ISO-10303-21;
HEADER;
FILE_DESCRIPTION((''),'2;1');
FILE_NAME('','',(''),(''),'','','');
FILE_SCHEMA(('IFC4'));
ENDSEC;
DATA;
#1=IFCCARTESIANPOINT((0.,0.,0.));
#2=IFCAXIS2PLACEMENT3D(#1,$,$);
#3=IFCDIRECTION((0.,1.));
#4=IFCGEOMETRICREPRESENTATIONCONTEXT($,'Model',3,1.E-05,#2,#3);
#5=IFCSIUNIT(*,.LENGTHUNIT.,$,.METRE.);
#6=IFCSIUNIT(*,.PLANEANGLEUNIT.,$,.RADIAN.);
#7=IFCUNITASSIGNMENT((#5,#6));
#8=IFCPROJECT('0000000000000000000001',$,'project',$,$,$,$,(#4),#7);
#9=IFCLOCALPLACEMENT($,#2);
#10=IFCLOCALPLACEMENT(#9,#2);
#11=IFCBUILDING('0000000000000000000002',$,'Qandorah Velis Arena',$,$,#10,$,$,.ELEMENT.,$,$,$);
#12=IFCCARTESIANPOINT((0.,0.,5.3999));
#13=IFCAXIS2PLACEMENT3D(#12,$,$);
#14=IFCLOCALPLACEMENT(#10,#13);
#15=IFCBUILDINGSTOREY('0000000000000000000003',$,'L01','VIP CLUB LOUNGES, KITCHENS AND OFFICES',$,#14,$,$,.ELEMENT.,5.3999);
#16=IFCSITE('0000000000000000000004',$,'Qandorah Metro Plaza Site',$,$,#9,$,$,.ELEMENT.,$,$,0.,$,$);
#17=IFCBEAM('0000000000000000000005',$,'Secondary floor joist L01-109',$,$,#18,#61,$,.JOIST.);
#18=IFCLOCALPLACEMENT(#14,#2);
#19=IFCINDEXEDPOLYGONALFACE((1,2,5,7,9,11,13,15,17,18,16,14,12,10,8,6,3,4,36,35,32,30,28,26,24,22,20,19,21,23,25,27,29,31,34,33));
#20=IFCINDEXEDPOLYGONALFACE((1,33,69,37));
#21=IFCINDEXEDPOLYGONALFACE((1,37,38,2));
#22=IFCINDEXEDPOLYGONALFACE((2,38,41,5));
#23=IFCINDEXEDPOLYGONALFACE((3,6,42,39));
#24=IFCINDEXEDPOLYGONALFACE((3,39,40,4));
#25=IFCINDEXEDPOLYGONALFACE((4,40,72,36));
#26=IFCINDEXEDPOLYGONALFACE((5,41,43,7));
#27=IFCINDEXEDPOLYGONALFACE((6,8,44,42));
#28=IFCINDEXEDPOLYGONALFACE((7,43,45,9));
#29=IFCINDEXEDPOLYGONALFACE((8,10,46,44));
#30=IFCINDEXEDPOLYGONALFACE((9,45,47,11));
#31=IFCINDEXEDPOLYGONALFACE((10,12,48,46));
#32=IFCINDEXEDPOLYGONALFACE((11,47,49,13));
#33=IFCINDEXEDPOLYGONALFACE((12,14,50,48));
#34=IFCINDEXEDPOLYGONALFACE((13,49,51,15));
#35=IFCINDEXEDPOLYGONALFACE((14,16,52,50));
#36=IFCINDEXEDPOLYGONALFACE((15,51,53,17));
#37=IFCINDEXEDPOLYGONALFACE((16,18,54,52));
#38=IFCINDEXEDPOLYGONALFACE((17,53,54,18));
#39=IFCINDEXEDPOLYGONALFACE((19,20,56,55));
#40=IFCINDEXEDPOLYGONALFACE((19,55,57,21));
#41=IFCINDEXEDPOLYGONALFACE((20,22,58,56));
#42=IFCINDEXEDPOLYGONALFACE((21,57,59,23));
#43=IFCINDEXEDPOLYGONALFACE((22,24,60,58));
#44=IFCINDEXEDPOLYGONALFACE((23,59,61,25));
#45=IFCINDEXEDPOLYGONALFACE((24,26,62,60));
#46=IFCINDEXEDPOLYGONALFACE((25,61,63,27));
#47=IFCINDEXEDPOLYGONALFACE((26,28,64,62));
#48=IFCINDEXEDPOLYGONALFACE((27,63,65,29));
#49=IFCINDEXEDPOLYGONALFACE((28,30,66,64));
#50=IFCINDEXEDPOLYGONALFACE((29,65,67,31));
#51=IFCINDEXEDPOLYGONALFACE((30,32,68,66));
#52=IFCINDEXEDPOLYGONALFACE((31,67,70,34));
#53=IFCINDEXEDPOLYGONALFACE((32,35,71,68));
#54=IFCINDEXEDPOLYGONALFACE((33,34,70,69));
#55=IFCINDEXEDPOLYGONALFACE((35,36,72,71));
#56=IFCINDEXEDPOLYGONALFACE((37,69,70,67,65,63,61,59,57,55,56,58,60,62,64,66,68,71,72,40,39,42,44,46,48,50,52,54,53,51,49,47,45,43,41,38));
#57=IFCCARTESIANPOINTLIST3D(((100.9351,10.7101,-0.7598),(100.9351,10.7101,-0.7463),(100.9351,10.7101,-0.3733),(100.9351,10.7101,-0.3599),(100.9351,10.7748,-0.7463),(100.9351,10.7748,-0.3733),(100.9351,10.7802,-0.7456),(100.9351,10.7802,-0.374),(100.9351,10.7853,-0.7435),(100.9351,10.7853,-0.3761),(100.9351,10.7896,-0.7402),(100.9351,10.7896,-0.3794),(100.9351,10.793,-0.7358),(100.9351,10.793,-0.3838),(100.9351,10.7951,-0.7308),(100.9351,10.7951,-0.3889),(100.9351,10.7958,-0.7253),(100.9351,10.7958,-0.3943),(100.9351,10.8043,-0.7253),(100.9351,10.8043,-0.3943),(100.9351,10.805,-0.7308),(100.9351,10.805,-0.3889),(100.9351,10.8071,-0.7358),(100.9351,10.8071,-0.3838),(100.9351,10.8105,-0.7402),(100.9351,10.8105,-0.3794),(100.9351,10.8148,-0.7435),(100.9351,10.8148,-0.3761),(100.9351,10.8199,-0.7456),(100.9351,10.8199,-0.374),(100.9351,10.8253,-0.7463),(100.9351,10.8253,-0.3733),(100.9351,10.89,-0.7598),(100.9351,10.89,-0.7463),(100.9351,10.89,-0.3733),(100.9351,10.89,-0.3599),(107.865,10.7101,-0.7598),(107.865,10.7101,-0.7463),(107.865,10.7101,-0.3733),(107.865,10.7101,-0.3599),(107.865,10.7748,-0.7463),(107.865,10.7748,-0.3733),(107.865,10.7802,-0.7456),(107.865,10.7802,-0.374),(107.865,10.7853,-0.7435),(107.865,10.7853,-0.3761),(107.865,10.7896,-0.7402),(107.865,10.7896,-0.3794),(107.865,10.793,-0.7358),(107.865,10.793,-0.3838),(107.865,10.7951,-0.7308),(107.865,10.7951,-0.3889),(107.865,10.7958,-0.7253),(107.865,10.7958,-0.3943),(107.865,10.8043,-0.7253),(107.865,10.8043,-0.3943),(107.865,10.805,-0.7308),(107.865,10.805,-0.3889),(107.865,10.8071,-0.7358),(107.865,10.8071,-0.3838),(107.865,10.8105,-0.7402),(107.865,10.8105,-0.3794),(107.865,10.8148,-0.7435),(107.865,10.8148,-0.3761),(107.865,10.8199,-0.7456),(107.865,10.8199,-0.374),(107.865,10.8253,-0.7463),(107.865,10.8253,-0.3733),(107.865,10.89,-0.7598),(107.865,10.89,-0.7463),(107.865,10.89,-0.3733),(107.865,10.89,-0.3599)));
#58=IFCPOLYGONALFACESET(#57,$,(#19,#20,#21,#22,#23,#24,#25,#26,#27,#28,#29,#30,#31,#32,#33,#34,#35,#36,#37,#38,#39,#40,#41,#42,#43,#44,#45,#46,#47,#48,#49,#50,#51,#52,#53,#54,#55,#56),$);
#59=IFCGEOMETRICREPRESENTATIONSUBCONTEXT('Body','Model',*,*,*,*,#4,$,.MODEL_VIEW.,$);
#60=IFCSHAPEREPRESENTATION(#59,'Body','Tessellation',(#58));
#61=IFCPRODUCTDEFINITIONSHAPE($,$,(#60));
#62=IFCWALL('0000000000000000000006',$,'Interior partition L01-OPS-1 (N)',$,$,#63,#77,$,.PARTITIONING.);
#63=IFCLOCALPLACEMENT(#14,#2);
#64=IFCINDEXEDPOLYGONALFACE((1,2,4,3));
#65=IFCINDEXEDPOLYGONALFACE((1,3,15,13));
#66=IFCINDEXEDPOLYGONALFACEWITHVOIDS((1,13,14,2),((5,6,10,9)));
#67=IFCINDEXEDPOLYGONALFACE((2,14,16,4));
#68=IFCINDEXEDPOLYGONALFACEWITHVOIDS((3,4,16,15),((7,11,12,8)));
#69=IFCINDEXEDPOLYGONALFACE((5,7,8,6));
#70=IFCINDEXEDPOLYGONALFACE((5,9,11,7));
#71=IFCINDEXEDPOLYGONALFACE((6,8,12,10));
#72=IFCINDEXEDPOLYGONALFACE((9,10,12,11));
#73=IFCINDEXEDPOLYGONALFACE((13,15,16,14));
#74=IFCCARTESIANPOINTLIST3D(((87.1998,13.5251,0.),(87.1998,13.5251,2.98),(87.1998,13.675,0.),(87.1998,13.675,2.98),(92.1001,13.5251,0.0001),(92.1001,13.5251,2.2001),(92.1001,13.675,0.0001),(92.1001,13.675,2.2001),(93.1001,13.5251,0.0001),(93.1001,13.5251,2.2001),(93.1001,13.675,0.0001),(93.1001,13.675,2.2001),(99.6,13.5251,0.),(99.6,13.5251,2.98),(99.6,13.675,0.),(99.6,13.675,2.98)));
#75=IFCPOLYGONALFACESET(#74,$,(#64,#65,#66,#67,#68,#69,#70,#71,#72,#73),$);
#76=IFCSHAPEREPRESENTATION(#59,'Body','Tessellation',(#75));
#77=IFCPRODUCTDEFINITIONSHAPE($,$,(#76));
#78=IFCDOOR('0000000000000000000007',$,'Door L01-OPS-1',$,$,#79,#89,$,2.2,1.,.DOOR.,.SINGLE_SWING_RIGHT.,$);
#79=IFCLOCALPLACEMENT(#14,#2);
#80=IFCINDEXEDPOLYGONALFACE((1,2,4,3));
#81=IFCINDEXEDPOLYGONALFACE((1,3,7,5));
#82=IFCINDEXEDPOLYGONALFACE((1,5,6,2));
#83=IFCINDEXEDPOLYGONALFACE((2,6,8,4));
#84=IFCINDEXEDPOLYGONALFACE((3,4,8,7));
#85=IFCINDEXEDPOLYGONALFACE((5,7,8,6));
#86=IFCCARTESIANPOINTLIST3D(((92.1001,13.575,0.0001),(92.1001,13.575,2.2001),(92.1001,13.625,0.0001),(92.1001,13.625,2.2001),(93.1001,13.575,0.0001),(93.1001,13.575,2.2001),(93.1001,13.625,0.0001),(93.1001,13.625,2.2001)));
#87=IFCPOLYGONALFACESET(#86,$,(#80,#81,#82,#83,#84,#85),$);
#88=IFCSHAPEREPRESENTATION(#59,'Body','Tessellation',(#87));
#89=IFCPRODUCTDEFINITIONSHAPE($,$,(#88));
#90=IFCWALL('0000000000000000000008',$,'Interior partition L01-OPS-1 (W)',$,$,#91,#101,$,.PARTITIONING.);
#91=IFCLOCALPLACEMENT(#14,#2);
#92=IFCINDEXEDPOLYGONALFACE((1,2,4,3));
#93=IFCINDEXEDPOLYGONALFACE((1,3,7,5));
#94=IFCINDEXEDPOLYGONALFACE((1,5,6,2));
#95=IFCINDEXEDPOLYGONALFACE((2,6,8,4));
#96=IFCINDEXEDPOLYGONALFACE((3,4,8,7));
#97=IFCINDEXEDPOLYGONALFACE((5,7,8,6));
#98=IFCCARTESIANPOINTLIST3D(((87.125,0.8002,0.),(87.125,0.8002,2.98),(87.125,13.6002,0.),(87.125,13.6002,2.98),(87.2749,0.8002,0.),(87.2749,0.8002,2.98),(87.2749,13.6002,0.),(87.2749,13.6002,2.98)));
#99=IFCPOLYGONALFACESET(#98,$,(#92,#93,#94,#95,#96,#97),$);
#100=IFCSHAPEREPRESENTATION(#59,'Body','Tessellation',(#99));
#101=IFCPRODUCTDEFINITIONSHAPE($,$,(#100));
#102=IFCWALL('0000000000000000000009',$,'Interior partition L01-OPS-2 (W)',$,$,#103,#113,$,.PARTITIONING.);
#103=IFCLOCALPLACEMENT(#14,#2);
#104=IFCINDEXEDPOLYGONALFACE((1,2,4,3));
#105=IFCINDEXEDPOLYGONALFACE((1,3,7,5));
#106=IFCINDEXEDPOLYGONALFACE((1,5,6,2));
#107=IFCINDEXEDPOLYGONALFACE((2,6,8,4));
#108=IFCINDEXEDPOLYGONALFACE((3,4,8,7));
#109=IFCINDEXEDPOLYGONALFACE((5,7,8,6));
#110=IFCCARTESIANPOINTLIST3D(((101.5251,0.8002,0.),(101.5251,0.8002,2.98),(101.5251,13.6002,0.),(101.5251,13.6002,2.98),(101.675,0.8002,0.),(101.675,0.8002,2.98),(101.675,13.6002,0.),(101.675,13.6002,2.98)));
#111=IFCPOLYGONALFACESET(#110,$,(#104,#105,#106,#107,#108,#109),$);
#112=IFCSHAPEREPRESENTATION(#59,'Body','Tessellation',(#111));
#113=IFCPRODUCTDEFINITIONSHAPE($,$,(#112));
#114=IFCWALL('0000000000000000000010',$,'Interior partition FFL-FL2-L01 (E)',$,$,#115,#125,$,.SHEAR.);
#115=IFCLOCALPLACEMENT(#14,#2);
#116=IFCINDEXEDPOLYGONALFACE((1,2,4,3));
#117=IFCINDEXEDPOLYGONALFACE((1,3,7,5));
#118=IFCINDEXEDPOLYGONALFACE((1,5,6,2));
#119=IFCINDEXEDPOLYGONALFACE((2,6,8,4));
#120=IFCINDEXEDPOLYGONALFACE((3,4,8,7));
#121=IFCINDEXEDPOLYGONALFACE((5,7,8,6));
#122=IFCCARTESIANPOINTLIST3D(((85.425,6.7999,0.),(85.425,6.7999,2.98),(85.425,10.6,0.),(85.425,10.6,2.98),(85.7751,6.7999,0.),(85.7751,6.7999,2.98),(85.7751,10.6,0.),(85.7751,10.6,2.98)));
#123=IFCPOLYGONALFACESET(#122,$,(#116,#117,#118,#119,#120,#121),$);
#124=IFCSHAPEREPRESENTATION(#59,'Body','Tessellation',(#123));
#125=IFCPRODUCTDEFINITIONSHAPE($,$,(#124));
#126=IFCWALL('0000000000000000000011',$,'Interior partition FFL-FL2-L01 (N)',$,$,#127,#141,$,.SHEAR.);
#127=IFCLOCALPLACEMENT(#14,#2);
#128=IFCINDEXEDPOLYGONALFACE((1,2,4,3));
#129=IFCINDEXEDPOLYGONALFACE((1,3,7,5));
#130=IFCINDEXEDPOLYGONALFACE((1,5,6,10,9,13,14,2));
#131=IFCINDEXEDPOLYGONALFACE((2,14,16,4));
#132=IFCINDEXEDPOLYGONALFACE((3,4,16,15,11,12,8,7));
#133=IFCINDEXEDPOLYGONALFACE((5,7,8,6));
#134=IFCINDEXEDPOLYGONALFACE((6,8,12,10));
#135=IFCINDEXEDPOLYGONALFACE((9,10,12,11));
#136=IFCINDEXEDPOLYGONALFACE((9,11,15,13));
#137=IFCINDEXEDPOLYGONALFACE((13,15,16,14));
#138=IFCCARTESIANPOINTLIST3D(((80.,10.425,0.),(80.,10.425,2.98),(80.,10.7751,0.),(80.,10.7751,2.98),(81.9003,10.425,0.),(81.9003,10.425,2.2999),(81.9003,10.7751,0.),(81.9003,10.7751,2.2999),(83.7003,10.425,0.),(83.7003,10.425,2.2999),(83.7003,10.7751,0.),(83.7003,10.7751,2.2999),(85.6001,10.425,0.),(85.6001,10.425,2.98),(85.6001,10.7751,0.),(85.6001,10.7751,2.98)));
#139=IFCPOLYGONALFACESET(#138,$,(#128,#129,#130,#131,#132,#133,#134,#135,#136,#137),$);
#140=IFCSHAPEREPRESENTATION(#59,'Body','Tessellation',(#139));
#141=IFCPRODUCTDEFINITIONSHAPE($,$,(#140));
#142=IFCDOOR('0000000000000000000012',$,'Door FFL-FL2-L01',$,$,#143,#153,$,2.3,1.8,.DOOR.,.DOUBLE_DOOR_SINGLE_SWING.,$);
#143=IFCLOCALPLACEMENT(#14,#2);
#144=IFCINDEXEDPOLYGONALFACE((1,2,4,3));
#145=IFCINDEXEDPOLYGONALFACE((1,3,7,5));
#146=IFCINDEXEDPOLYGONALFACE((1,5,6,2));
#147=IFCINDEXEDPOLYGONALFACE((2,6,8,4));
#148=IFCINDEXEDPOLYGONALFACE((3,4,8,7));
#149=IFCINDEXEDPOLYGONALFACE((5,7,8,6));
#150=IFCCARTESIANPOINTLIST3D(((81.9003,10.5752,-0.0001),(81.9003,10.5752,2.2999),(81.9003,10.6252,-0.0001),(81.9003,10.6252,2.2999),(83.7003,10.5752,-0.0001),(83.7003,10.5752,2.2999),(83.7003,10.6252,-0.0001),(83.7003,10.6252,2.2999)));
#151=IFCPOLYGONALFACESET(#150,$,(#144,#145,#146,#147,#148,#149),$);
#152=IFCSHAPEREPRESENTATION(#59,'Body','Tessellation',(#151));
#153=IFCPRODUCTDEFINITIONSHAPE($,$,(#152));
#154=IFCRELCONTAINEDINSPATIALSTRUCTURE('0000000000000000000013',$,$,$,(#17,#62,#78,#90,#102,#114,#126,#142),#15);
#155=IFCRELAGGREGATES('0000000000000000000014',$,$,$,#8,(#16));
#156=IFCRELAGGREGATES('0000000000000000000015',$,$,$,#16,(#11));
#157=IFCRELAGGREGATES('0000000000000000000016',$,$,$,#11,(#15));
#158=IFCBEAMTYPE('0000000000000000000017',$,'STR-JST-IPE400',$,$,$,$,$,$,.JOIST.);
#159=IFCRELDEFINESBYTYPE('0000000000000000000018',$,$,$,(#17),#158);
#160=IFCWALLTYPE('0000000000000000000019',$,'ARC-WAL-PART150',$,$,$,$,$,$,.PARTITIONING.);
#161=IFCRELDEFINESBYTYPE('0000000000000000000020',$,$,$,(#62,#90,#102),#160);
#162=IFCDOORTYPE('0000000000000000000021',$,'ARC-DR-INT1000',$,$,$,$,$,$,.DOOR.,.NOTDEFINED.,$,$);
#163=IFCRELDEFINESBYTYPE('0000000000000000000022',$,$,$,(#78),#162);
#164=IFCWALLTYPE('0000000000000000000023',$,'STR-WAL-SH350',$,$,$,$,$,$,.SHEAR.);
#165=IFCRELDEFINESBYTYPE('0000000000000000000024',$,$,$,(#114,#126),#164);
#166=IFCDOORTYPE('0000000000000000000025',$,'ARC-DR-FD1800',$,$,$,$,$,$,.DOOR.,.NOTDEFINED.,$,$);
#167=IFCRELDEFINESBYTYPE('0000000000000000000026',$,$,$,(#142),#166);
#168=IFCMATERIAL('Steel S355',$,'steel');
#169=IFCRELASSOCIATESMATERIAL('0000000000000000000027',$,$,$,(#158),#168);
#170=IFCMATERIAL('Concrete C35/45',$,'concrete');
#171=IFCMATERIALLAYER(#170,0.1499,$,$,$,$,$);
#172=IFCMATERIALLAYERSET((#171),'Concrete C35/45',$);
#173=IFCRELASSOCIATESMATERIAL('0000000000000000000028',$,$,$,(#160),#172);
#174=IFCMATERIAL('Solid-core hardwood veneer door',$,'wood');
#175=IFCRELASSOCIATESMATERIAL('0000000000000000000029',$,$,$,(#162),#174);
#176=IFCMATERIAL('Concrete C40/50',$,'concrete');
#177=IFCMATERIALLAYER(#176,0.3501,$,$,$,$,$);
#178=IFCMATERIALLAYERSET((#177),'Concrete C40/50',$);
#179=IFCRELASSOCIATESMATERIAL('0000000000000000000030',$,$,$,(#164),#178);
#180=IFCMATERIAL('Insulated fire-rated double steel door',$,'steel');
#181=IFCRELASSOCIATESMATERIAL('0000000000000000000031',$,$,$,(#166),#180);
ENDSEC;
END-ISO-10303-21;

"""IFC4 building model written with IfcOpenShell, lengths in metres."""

from ifc_helpers import new_model, si_unit, direction, frame, frame_2d, origin, origin_2d, place, context, subcontext, project, spatial, rectangle, i_section, extrude, material, layer, layer_set, material_profile, profile_set, type_object, element, fill, save


model = new_model("IFC4")

# Units and contexts
model_context = context("Model", 3, precision=1e-05, world=origin(), true_north=direction((0.0, 1.0)))
body_context = subcontext(model_context, "Body", "Model", "MODEL_VIEW")
ifc_project = project(units=[si_unit("LENGTHUNIT", "METRE"), si_unit("PLANEANGLEUNIT", "RADIAN")], contexts=[model_context])

# Site, building, storey
site_placement = place(None, origin())
site = spatial("IfcSite", under=ifc_project, at=site_placement, Name="Qandorah Metro Plaza Site", CompositionType="ELEMENT", RefElevation=0.0)
building_placement = place(site_placement, origin())
building = spatial("IfcBuilding", under=site, at=building_placement, Name="Qandorah Velis Arena", CompositionType="ELEMENT")
storey_placement = place(building_placement, frame((0.0, 0.0, 5.3999)))
storey = spatial("IfcBuildingStorey", under=building, at=storey_placement, Name="L01", Description="VIP CLUB LOUNGES, KITCHENS AND OFFICES", CompositionType="ELEMENT", Elevation=5.3999)

# Shared definitions
ifc_material_1 = material(Name="Concrete C40/50", Category="concrete")

# Beam
ifc_material_2 = material(Name="Steel S355", Category="steel")
ifc_material_profile_1 = material_profile(ifc_material_2, i_section(OverallWidth=0.1799, OverallDepth=0.3999, WebThickness=0.0085, FlangeThickness=0.0134, FilletRadius=0.021, at=origin_2d()), Name="IPE 400")
ifc_profile_set_1 = profile_set([ifc_material_profile_1], Name="Steel S355")
beam_type_1 = type_object("IfcBeamType", Name="STR-JST-IPE400", PredefinedType="JOIST", material=ifc_profile_set_1)
for number, where, z_axis, x_axis, name in (
    (1, (100.9351, 10.8, -0.5598), (1.0, 0.0, 0.0), (0.0, 1.0, 0.0), "Secondary floor joist L01-109"),
):
    element("IfcBeam", number, at=place(storey_placement, frame(where, z_axis=z_axis, x_axis=x_axis)), inside=storey, type_object=beam_type_1, Name=name, PredefinedType="JOIST", context=body_context, shape_type="SweptSolid", body=[
        extrude(i_section(OverallWidth=0.1799, OverallDepth=0.3999, WebThickness=0.0085, FlangeThickness=0.0134, FilletRadius=0.021, at=origin_2d()), origin(), (0.0, 0.0, 1.0), 6.9299),
    ])

# Wall, opening, door
ifc_material_3 = material(Name="Concrete C35/45", Category="concrete")
ifc_layer_1 = layer(ifc_material_3, 0.1499)
ifc_layer_set_1 = layer_set([ifc_layer_1], Name="Concrete C35/45")
wall_type_1 = type_object("IfcWallType", Name="ARC-WAL-PART150", PredefinedType="PARTITIONING", material=ifc_layer_set_1)
wall_1_placement = place(storey_placement, frame((99.6001, 13.6001, 0.0), z_axis=(0.0, 0.0, 1.0), x_axis=(-1.0, 0.0, 0.0)))
wall_1 = element("IfcWall", 2, at=wall_1_placement, inside=storey, type_object=wall_type_1, Name="Interior partition L01-OPS-1 (N)", PredefinedType="PARTITIONING", context=body_context, shape_type="SweptSolid", body=[
    extrude(rectangle(XDim=12.4001, YDim=0.1499, at=frame_2d((6.2002, 0.0))), origin(), (0.0, 0.0, 1.0), 2.98),
])
opening_1_placement = place(wall_1_placement, frame((6.5, 0.0, 0.0)))
opening_1 = element("IfcOpeningElement", 3, at=opening_1_placement, cuts=wall_1, PredefinedType="OPENING", context=body_context, shape_type="SweptSolid", body=[
    extrude(rectangle(XDim=1.0, YDim=2.2, at=frame_2d((0.5, 1.1001))), frame((0.0, 0.085, 0.0), z_axis=(0.0, -1.0, 0.0), x_axis=(1.0, 0.0, 0.0)), (0.0, 0.0, 1.0), 0.1699),
])
ifc_material_4 = material(Name="Solid-core hardwood veneer door", Category="wood")
door_type_1 = type_object("IfcDoorType", Name="ARC-DR-INT1000", OperationType="NOTDEFINED", PredefinedType="DOOR", material=ifc_material_4)
door_1_placement = place(opening_1_placement, frame((1.0, 0.0, 0.0), z_axis=(0.0, 0.0, 1.0), x_axis=(-1.0, 0.0, 0.0)))
door_1 = element("IfcDoor", 4, at=door_1_placement, inside=storey, type_object=door_type_1, Name="Door L01-OPS-1", OperationType="SINGLE_SWING_RIGHT", OverallHeight=2.2, OverallWidth=1.0, PredefinedType="DOOR", context=body_context, shape_type="SweptSolid", body=[
    extrude(rectangle(XDim=1.0, YDim=2.2, at=frame_2d((0.5, 1.1001))), frame((0.0, 0.0249, 0.0), z_axis=(0.0, -1.0, 0.0), x_axis=(1.0, 0.0, 0.0)), (0.0, 0.0, 1.0), 0.05),
])
fill(opening_1, door_1)

# Walls
for number, where, z_axis, x_axis, name in (
    (5, (87.2, 13.6001, 0.0), (0.0, 0.0, 1.0), (0.0, -1.0, 0.0), "Interior partition L01-OPS-1 (W)"),
    (6, (101.6001, 13.6001, 0.0), (0.0, 0.0, 1.0), (0.0, -1.0, 0.0), "Interior partition L01-OPS-2 (W)"),
):
    element("IfcWall", number, at=place(storey_placement, frame(where, z_axis=z_axis, x_axis=x_axis)), inside=storey, type_object=wall_type_1, Name=name, PredefinedType="PARTITIONING", context=body_context, shape_type="SweptSolid", body=[
        extrude(rectangle(XDim=12.8, YDim=0.1499, at=frame_2d((6.3999, 0.0))), origin(), (0.0, 0.0, 1.0), 2.98),
    ])
ifc_layer_2 = layer(ifc_material_1, 0.3501)
ifc_layer_set_2 = layer_set([ifc_layer_2], Name="Concrete C40/50")
wall_type_2 = type_object("IfcWallType", Name="STR-WAL-SH350", PredefinedType="SHEAR", material=ifc_layer_set_2)
wall_2_placement = place(storey_placement, frame((85.6001, 6.8, 0.0), z_axis=(0.0, 0.0, 1.0), x_axis=(0.0, 1.0, 0.0)))
element("IfcWall", 7, at=wall_2_placement, inside=storey, type_object=wall_type_2, Name="Interior partition FFL-FL2-L01 (E)", PredefinedType="SHEAR", context=body_context, shape_type="SweptSolid", body=[
    extrude(rectangle(XDim=3.8, YDim=0.3501, at=frame_2d((1.8999, 0.0))), origin(), (0.0, 0.0, 1.0), 2.98),
])

# Wall, opening, door
wall_3_placement = place(storey_placement, frame((85.6001, 10.6001, 0.0), z_axis=(0.0, 0.0, 1.0), x_axis=(-1.0, 0.0, 0.0)))
wall_3 = element("IfcWall", 8, at=wall_3_placement, inside=storey, type_object=wall_type_2, Name="Interior partition FFL-FL2-L01 (N)", PredefinedType="SHEAR", context=body_context, shape_type="SweptSolid", body=[
    extrude(rectangle(XDim=5.6001, YDim=0.3501, at=frame_2d((2.8, 0.0))), origin(), (0.0, 0.0, 1.0), 2.98),
])
opening_2_placement = place(wall_3_placement, frame((1.8999, 0.0, 0.0)))
opening_2 = element("IfcOpeningElement", 9, at=opening_2_placement, cuts=wall_3, PredefinedType="OPENING", context=body_context, shape_type="SweptSolid", body=[
    extrude(rectangle(XDim=1.8, YDim=2.3, at=frame_2d((0.8999, 1.1499))), frame((0.0, 0.1851, 0.0), z_axis=(0.0, -1.0, 0.0), x_axis=(1.0, 0.0, 0.0)), (0.0, 0.0, 1.0), 0.3701),
])
ifc_material_5 = material(Name="Insulated fire-rated double steel door", Category="steel")
door_type_2 = type_object("IfcDoorType", Name="ARC-DR-FD1800", OperationType="NOTDEFINED", PredefinedType="DOOR", material=ifc_material_5)
door_2_placement = place(opening_2_placement, origin())
door_2 = element("IfcDoor", 10, at=door_2_placement, inside=storey, type_object=door_type_2, Name="Door FFL-FL2-L01", OperationType="DOUBLE_DOOR_SINGLE_SWING", OverallHeight=2.3, OverallWidth=1.8, PredefinedType="DOOR", context=body_context, shape_type="SweptSolid", body=[
    extrude(rectangle(XDim=1.8, YDim=2.3, at=frame_2d((0.8999, 1.1499))), frame((0.0, 0.0249, 0.0), z_axis=(0.0, -1.0, 0.0), x_axis=(1.0, 0.0, 0.0)), (0.0, 0.0, 1.0), 0.05),
])
fill(opening_2, door_2)

save(model, "model.ifc")
